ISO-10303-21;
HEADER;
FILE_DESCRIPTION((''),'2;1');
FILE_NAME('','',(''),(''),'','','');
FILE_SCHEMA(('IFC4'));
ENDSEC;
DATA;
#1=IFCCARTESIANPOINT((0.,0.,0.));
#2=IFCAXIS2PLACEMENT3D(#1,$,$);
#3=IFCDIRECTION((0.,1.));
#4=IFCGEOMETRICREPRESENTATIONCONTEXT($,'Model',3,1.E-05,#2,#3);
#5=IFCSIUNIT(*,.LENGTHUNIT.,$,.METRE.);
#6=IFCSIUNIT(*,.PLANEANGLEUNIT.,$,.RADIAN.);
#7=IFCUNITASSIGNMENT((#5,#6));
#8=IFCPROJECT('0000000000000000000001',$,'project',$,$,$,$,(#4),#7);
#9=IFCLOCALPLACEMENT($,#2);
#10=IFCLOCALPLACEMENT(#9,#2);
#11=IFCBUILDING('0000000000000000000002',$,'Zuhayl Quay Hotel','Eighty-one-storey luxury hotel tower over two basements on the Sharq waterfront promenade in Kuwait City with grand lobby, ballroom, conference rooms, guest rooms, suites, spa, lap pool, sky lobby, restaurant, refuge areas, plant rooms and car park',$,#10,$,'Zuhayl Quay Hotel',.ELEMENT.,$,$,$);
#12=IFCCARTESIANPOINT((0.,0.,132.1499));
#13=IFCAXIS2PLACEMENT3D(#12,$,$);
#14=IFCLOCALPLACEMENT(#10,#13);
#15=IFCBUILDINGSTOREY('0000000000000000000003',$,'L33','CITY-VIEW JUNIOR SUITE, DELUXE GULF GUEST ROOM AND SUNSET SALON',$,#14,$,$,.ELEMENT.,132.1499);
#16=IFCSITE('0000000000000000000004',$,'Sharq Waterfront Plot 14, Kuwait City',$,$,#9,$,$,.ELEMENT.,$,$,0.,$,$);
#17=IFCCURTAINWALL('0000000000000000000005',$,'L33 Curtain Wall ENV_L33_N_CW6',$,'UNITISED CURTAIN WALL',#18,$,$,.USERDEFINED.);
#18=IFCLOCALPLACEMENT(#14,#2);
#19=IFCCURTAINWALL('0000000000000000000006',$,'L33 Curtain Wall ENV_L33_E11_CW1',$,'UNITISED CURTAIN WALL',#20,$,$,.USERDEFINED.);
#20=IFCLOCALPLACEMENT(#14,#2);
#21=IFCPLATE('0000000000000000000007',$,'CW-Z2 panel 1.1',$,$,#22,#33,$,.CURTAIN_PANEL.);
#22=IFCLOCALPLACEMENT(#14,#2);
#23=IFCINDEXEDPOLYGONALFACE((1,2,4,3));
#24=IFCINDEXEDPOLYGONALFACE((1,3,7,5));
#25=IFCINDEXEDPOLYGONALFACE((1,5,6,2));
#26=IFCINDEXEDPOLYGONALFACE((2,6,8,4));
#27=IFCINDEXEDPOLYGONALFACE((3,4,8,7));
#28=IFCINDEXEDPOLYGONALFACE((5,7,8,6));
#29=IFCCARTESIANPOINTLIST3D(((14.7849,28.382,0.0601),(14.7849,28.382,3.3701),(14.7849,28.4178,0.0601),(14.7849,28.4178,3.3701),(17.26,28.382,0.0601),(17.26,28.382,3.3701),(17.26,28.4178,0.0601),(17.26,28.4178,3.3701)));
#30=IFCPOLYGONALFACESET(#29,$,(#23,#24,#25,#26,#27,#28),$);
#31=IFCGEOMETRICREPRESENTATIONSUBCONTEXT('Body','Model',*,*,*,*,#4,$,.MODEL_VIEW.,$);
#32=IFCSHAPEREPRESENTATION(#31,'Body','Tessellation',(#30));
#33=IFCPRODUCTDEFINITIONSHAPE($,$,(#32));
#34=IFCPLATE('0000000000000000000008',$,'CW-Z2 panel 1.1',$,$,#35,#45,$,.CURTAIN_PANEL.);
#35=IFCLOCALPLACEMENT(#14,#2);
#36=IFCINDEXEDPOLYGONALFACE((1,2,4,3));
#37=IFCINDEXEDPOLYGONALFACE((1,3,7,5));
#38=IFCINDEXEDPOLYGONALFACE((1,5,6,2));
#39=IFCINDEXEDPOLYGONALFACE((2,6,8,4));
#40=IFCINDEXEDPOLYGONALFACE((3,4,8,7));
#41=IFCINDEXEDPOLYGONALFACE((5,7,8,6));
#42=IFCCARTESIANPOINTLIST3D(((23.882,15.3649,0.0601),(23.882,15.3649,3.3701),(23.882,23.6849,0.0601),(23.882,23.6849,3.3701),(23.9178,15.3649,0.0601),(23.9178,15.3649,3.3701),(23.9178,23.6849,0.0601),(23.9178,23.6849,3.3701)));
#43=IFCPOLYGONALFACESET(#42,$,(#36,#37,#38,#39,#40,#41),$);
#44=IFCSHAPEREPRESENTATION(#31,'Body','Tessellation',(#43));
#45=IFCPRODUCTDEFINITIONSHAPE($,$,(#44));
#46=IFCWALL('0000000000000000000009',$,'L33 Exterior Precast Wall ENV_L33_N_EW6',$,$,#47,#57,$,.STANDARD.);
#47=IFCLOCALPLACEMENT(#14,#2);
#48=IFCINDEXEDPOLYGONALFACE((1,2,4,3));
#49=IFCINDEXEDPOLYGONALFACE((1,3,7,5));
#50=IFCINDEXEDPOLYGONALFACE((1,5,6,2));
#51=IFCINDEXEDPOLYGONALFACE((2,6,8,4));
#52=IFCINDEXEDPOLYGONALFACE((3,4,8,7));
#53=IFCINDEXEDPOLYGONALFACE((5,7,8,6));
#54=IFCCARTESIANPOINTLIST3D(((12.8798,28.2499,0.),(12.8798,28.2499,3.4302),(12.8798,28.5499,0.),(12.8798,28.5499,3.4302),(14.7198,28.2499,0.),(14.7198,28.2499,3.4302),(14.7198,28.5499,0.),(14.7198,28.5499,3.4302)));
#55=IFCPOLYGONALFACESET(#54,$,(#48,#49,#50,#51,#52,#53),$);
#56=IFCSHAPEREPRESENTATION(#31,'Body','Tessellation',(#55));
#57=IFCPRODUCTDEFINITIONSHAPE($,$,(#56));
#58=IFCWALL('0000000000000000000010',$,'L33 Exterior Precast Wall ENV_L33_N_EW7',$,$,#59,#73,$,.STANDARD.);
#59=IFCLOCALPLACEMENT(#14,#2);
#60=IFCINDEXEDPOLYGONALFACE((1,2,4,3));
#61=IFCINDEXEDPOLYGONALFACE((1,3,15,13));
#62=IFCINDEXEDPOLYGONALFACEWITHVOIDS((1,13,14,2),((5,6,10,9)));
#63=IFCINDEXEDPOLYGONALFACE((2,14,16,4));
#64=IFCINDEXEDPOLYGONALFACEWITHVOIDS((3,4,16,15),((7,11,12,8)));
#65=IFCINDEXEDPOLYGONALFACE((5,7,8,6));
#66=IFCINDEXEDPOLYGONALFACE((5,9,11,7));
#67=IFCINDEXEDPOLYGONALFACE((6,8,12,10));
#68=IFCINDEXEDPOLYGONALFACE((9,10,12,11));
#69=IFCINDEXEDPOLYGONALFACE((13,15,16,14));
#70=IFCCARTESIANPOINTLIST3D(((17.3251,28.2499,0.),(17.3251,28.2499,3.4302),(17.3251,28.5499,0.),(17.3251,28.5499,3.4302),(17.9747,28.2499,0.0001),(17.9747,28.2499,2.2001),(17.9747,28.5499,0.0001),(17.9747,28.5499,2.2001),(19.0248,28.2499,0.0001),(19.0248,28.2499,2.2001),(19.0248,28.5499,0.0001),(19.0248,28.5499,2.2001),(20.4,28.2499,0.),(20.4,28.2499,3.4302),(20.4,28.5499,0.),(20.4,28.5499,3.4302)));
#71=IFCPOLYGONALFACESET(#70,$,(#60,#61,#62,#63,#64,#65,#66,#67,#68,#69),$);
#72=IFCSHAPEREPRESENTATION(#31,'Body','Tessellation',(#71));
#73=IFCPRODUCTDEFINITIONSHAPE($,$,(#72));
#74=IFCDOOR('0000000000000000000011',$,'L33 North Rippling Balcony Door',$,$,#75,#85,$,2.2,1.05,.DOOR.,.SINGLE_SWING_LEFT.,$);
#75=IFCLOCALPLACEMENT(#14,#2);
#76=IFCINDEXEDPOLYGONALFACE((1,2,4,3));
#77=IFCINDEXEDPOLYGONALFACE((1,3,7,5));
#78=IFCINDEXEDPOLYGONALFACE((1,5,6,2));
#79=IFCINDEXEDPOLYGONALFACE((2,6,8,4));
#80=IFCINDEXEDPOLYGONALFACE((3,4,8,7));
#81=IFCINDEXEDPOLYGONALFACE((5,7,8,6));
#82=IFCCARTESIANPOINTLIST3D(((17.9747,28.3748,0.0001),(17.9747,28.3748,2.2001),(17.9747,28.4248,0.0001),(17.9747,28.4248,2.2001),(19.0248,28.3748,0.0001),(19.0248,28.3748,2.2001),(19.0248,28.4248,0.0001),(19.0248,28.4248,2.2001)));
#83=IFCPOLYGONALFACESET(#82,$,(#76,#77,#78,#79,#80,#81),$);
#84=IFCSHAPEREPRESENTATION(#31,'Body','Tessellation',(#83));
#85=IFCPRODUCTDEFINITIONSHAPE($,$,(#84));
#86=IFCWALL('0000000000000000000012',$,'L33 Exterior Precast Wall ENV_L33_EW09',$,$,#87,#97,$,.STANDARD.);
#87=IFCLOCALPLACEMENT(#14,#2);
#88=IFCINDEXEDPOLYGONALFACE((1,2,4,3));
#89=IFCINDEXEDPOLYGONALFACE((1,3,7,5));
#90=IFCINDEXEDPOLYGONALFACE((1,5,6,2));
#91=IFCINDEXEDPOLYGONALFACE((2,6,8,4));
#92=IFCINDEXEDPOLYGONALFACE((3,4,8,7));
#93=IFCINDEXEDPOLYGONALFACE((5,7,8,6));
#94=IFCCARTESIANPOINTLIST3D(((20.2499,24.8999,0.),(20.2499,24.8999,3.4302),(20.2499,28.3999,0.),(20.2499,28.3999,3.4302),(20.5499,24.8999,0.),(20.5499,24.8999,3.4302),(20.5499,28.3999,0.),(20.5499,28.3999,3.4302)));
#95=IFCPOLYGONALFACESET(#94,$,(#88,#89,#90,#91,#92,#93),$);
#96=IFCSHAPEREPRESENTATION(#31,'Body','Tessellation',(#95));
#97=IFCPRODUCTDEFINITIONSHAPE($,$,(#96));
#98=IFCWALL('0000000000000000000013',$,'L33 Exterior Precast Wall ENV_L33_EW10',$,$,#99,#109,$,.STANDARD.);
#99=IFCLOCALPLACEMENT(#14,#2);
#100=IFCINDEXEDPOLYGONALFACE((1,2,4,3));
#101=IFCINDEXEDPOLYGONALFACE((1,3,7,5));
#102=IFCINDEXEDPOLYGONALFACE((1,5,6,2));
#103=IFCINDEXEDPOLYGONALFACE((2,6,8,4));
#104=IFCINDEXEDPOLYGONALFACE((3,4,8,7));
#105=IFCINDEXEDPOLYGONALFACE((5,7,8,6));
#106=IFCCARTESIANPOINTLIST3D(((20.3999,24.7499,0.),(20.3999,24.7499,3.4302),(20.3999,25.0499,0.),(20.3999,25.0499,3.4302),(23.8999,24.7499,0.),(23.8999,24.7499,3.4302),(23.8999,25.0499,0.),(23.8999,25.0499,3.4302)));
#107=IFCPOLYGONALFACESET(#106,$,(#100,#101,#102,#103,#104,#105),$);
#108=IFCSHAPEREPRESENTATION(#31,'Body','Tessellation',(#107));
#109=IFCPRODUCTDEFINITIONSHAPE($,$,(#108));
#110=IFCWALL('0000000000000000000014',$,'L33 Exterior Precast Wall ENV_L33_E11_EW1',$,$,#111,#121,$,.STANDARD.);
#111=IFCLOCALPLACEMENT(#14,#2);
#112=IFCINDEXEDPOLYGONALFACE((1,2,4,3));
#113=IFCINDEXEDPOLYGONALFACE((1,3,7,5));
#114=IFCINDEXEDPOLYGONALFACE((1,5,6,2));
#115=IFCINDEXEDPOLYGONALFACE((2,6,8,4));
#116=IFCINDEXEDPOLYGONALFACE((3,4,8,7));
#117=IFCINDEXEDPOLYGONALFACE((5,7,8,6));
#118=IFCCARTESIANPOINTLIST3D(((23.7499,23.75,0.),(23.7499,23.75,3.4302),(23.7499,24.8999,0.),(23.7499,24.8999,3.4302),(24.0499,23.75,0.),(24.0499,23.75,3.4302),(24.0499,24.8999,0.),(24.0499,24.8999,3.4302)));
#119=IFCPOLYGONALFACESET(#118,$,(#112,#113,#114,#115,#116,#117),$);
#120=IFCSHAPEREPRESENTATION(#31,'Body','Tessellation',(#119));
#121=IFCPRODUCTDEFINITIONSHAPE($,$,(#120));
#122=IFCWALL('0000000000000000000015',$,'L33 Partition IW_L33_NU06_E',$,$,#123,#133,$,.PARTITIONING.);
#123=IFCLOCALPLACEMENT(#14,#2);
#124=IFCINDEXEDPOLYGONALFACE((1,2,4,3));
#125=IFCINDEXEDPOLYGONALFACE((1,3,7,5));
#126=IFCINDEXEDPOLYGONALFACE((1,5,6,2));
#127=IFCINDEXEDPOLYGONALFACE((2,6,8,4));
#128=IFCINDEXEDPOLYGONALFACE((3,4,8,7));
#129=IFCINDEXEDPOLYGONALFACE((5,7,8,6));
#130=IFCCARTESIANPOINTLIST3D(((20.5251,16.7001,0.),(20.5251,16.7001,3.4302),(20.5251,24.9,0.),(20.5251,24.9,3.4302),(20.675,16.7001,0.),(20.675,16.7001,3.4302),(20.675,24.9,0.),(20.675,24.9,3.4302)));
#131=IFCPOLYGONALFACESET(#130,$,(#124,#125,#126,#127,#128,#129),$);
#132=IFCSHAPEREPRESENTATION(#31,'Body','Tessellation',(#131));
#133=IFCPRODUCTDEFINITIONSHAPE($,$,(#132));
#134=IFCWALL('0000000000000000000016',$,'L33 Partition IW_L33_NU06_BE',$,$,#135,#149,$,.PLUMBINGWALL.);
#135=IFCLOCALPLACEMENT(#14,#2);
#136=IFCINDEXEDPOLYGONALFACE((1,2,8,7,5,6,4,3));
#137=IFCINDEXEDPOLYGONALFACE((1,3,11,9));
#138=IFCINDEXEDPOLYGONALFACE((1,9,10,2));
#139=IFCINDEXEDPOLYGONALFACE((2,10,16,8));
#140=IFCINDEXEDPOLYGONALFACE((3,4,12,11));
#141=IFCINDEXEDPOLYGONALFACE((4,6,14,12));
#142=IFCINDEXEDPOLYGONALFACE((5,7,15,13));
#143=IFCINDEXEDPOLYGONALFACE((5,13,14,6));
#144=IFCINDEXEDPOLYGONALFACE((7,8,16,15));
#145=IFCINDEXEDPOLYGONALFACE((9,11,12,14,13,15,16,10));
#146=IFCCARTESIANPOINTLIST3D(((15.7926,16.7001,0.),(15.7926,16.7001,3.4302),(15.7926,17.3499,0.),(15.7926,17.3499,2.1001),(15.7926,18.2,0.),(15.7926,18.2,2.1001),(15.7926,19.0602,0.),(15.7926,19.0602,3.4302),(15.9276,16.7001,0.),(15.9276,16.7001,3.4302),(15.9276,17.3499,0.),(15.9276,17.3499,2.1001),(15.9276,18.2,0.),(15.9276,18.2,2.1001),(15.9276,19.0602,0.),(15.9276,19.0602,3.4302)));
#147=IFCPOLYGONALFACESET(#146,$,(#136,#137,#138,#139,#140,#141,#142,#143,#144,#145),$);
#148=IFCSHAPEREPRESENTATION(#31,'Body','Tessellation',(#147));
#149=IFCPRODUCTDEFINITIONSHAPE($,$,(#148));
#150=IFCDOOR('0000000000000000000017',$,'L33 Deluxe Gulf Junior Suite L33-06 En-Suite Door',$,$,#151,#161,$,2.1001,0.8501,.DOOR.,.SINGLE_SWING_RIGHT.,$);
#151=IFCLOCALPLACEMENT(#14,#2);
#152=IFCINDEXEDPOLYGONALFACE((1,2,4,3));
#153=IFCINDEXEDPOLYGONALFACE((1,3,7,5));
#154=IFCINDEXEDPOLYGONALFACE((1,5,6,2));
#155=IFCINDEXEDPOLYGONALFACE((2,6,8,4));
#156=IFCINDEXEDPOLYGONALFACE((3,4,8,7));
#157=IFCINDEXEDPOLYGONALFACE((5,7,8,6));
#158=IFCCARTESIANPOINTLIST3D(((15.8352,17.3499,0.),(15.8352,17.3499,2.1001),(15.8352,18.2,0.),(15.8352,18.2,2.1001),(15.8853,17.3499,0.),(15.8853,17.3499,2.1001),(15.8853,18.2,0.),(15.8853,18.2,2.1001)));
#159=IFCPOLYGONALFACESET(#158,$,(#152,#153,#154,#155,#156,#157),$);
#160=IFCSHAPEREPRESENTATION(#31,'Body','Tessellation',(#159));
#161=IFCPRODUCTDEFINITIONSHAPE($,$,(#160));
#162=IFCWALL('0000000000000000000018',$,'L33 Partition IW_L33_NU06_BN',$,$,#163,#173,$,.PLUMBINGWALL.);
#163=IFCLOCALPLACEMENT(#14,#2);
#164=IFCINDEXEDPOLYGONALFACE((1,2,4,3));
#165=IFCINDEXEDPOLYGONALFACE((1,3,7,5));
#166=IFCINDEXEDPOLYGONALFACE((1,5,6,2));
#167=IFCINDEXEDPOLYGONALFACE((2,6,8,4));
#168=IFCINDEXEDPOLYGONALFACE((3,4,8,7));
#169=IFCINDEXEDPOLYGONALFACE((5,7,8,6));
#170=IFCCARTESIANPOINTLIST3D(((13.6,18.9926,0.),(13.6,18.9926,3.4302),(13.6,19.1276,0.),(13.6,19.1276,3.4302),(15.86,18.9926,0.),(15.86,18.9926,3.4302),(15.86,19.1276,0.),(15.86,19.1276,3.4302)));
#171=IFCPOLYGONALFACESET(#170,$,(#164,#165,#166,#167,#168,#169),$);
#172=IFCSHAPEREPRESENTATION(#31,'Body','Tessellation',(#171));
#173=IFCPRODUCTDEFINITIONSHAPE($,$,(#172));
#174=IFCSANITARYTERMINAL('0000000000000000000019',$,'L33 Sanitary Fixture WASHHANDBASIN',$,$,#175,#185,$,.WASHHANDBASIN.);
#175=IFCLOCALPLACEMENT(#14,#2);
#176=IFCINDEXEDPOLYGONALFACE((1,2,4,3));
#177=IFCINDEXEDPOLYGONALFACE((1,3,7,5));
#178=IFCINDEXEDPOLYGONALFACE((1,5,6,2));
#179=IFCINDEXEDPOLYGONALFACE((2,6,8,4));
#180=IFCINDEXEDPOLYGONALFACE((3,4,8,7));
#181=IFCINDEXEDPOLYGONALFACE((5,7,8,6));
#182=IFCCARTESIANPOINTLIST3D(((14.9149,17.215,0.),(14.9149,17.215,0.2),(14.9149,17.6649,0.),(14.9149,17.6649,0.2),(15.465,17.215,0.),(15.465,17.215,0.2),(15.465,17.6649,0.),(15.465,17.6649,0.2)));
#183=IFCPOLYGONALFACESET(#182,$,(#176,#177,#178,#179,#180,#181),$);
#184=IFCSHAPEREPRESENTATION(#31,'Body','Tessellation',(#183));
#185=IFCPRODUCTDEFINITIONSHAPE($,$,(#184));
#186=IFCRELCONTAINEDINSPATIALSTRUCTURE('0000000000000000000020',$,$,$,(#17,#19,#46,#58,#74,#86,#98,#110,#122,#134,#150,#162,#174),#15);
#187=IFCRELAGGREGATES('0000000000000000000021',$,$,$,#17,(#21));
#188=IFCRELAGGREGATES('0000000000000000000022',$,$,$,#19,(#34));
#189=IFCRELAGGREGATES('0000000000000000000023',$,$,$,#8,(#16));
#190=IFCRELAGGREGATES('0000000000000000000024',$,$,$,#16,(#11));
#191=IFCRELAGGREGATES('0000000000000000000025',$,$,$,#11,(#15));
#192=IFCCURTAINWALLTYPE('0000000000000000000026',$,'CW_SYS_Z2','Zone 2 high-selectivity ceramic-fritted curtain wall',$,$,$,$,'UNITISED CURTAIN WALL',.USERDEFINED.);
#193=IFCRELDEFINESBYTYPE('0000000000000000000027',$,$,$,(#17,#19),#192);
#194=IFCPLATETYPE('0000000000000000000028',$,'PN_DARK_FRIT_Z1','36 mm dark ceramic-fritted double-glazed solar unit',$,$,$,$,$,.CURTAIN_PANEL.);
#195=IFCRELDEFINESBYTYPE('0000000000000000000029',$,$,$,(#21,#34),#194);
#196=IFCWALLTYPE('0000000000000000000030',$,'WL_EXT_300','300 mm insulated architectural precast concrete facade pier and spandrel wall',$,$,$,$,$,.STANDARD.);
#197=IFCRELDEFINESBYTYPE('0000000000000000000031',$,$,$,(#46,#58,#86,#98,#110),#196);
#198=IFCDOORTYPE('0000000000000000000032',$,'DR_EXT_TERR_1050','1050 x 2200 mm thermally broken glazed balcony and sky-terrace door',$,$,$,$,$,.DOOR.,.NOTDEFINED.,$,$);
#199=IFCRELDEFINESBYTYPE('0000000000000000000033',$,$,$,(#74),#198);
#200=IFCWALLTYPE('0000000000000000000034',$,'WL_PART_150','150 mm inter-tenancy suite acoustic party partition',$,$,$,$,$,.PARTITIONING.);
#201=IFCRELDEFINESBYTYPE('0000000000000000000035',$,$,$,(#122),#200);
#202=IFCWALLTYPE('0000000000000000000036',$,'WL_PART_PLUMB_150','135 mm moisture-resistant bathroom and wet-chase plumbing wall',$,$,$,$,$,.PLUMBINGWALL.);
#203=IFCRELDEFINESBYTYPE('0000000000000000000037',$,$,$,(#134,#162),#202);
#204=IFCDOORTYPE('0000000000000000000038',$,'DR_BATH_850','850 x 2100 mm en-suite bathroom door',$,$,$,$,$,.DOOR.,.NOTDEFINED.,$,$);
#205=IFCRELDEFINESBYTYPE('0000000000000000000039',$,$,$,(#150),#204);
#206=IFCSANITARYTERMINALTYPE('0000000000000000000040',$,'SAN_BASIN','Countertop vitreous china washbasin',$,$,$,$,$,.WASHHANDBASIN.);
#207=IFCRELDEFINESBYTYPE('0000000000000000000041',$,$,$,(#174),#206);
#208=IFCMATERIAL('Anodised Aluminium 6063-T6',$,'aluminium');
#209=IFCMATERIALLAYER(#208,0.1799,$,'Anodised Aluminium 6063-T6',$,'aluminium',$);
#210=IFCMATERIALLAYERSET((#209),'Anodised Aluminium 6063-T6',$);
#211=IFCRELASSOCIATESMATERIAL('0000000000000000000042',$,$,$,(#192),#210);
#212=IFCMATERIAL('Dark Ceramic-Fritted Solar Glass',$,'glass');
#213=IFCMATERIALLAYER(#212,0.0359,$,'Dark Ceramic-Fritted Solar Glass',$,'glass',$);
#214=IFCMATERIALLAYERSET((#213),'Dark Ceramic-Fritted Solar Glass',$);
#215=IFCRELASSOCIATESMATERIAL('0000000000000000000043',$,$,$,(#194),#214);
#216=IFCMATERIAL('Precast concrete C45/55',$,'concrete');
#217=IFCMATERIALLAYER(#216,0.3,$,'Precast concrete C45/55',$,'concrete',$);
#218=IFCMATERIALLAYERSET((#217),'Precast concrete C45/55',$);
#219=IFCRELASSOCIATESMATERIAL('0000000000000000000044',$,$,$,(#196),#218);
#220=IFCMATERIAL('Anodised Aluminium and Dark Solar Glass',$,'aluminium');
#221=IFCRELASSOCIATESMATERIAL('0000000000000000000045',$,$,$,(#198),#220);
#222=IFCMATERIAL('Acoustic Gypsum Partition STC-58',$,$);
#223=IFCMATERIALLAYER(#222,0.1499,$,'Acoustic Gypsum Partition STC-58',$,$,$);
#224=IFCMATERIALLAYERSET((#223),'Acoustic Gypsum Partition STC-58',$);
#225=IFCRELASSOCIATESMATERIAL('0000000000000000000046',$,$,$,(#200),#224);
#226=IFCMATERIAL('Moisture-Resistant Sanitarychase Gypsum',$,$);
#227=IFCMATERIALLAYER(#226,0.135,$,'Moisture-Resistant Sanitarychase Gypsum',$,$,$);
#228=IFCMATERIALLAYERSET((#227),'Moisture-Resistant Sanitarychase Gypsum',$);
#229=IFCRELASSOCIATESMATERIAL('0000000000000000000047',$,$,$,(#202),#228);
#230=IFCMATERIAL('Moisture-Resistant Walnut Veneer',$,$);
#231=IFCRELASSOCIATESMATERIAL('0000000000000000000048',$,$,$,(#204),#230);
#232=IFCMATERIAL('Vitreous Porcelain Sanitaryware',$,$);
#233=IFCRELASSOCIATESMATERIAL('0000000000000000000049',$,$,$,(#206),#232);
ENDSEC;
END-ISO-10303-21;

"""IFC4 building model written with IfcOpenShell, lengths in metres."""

from ifc_helpers import new_model, si_unit, direction, frame, frame_2d, origin, origin_2d, place, context, subcontext, project, spatial, rectangle, extrude, material, layer, layer_set, type_object, element, fill, aggregate, save


model = new_model("IFC4")

# Units and contexts
model_context = context("Model", 3, precision=1e-05, world=origin(), true_north=direction((0.0, 1.0)))
body_context = subcontext(model_context, "Body", "Model", "MODEL_VIEW")
ifc_project = project(units=[si_unit("LENGTHUNIT", "METRE"), si_unit("PLANEANGLEUNIT", "RADIAN")], contexts=[model_context])

# Site, building, storey
site_placement = place(None, origin())
site = spatial("IfcSite", under=ifc_project, at=site_placement, Name="Sharq Waterfront Plot 14, Kuwait City", CompositionType="ELEMENT", RefElevation=0.0)
building_placement = place(site_placement, origin())
building = spatial("IfcBuilding", under=site, at=building_placement, Name="Zuhayl Quay Hotel", Description="Eighty-one-storey luxury hotel tower over two basements on the Sharq waterfront promenade in Kuwait City with grand lobby, ballroom, conference rooms, guest rooms, suites, spa, lap pool, sky lobby, restaurant, refuge areas, plant rooms and car park", LongName="Zuhayl Quay Hotel", CompositionType="ELEMENT")
storey_placement = place(building_placement, frame((0.0, 0.0, 132.1499)))
storey = spatial("IfcBuildingStorey", under=building, at=storey_placement, Name="L33", Description="CITY-VIEW JUNIOR SUITE, DELUXE GULF GUEST ROOM AND SUNSET SALON", CompositionType="ELEMENT", Elevation=132.1499)

# Shared definitions
ifc_material_1 = material(Name="Anodised Aluminium 6063-T6", Category="aluminium")
ifc_layer_1 = layer(ifc_material_1, 0.1799, Name="Anodised Aluminium 6063-T6", Category="aluminium")
ifc_layer_set_1 = layer_set([ifc_layer_1], Name="Anodised Aluminium 6063-T6")
curtain_wall_type = type_object("IfcCurtainWallType", Name="CW_SYS_Z2", Description="Zone 2 high-selectivity ceramic-fritted curtain wall", ElementType="UNITISED CURTAIN WALL", PredefinedType="USERDEFINED", material=ifc_layer_set_1)

# Curtain wall
curtain_wall_1_placement = place(storey_placement, origin())
curtain_wall_1 = element("IfcCurtainWall", 1, at=curtain_wall_1_placement, inside=storey, type_object=curtain_wall_type, Name="L33 Curtain Wall ENV_L33_N_CW6", ObjectType="UNITISED CURTAIN WALL", PredefinedType="USERDEFINED")

# Curtain wall
curtain_wall_2_placement = place(storey_placement, origin())
curtain_wall_2 = element("IfcCurtainWall", 2, at=curtain_wall_2_placement, inside=storey, type_object=curtain_wall_type, Name="L33 Curtain Wall ENV_L33_E11_CW1", ObjectType="UNITISED CURTAIN WALL", PredefinedType="USERDEFINED")

# Plates
ifc_material_2 = material(Name="Dark Ceramic-Fritted Solar Glass", Category="glass")
ifc_layer_2 = layer(ifc_material_2, 0.0359, Name="Dark Ceramic-Fritted Solar Glass", Category="glass")
ifc_layer_set_2 = layer_set([ifc_layer_2], Name="Dark Ceramic-Fritted Solar Glass")
plate_type = type_object("IfcPlateType", Name="PN_DARK_FRIT_Z1", Description="36 mm dark ceramic-fritted double-glazed solar unit", PredefinedType="CURTAIN_PANEL", material=ifc_layer_set_2)
plate_1_placement = place(storey_placement, frame((16.0225, 28.3999, 0.0601), z_axis=(0.0, 0.0, 1.0), x_axis=(1.0, 0.0, 0.0)))
plate_1 = element("IfcPlate", 3, at=plate_1_placement, type_object=plate_type, Name="CW-Z2 panel 1.1", PredefinedType="CURTAIN_PANEL", context=body_context, shape_type="SweptSolid", body=[
    extrude(rectangle(XDim=2.4751, YDim=0.0359, at=origin_2d()), origin(), (0.0, 0.0, 1.0), 3.3101),
])
aggregate(curtain_wall_1, [plate_1])
plate_2_placement = place(storey_placement, frame((23.8999, 19.5249, 0.0601), z_axis=(0.0, 0.0, 1.0), x_axis=(0.0, -1.0, 0.0)))
plate_2 = element("IfcPlate", 4, at=plate_2_placement, type_object=plate_type, Name="CW-Z2 panel 1.1", PredefinedType="CURTAIN_PANEL", context=body_context, shape_type="SweptSolid", body=[
    extrude(rectangle(XDim=8.3201, YDim=0.0359, at=origin_2d()), origin(), (0.0, 0.0, 1.0), 3.3101),
])
aggregate(curtain_wall_2, [plate_2])

# Wall
ifc_material_3 = material(Name="Precast concrete C45/55", Category="concrete")
ifc_layer_3 = layer(ifc_material_3, 0.3, Name="Precast concrete C45/55", Category="concrete")
ifc_layer_set_3 = layer_set([ifc_layer_3], Name="Precast concrete C45/55")
wall_type_1 = type_object("IfcWallType", Name="WL_EXT_300", Description="300 mm insulated architectural precast concrete facade pier and spandrel wall", PredefinedType="STANDARD", material=ifc_layer_set_3)
wall_1_placement = place(storey_placement, frame((12.8799, 28.3999, 0.0), z_axis=(0.0, 0.0, 1.0), x_axis=(1.0, 0.0, 0.0)))
element("IfcWall", 5, at=wall_1_placement, inside=storey, type_object=wall_type_1, Name="L33 Exterior Precast Wall ENV_L33_N_EW6", PredefinedType="STANDARD", context=body_context, shape_type="SweptSolid", body=[
    extrude(rectangle(XDim=1.8401, YDim=0.3, at=frame_2d((0.9199, 0.0))), origin(), (0.0, 0.0, 1.0), 3.4302),
])

# Wall, opening, door
wall_2_placement = place(storey_placement, frame((17.325, 28.3999, 0.0), z_axis=(0.0, 0.0, 1.0), x_axis=(1.0, 0.0, 0.0)))
wall_2 = element("IfcWall", 6, at=wall_2_placement, inside=storey, type_object=wall_type_1, Name="L33 Exterior Precast Wall ENV_L33_N_EW7", PredefinedType="STANDARD", context=body_context, shape_type="SweptSolid", body=[
    extrude(rectangle(XDim=3.075, YDim=0.3, at=frame_2d((1.5376, 0.0))), origin(), (0.0, 0.0, 1.0), 3.4302),
])
opening_1_placement = place(wall_2_placement, frame((0.6499, 0.0, 0.0)))
opening_1 = element("IfcOpeningElement", 7, at=opening_1_placement, cuts=wall_2, PredefinedType="OPENING", context=body_context, shape_type="SweptSolid", body=[
    extrude(rectangle(XDim=1.05, YDim=2.2, at=frame_2d((0.5249, 1.1001))), frame((0.0, 0.1599, 0.0), z_axis=(0.0, -1.0, 0.0), x_axis=(1.0, 0.0, 0.0)), (0.0, 0.0, 1.0), 0.3201),
])
ifc_material_4 = material(Name="Anodised Aluminium and Dark Solar Glass", Category="aluminium")
door_type_1 = type_object("IfcDoorType", Name="DR_EXT_TERR_1050", Description="1050 x 2200 mm thermally broken glazed balcony and sky-terrace door", OperationType="NOTDEFINED", PredefinedType="DOOR", material=ifc_material_4)
door_1_placement = place(opening_1_placement, origin())
door_1 = element("IfcDoor", 8, at=door_1_placement, inside=storey, type_object=door_type_1, Name="L33 North Rippling Balcony Door", OperationType="SINGLE_SWING_LEFT", OverallHeight=2.2, OverallWidth=1.05, PredefinedType="DOOR", context=body_context, shape_type="SweptSolid", body=[
    extrude(rectangle(XDim=1.05, YDim=2.2, at=frame_2d((0.5249, 1.1001))), frame((0.0, 0.0249, 0.0), z_axis=(0.0, -1.0, 0.0), x_axis=(1.0, 0.0, 0.0)), (0.0, 0.0, 1.0), 0.05),
])
fill(opening_1, door_1)

# Walls
for number, where, z_axis, x_axis, name in (
    (9, (20.3999, 28.3999, 0.0), (0.0, 0.0, 1.0), (0.0, -1.0, 0.0), "L33 Exterior Precast Wall ENV_L33_EW09"),
    (10, (20.3999, 24.8999, 0.0), (0.0, 0.0, 1.0), (1.0, 0.0, 0.0), "L33 Exterior Precast Wall ENV_L33_EW10"),
):
    element("IfcWall", number, at=place(storey_placement, frame(where, z_axis=z_axis, x_axis=x_axis)), inside=storey, type_object=wall_type_1, Name=name, PredefinedType="STANDARD", context=body_context, shape_type="SweptSolid", body=[
        extrude(rectangle(XDim=3.5, YDim=0.3, at=frame_2d((1.75, 0.0))), origin(), (0.0, 0.0, 1.0), 3.4302),
    ])
wall_3_placement = place(storey_placement, frame((23.8999, 24.8999, 0.0), z_axis=(0.0, 0.0, 1.0), x_axis=(0.0, -1.0, 0.0)))
element("IfcWall", 11, at=wall_3_placement, inside=storey, type_object=wall_type_1, Name="L33 Exterior Precast Wall ENV_L33_E11_EW1", PredefinedType="STANDARD", context=body_context, shape_type="SweptSolid", body=[
    extrude(rectangle(XDim=1.1499, YDim=0.3, at=frame_2d((0.575, 0.0))), origin(), (0.0, 0.0, 1.0), 3.4302),
])
ifc_material_5 = material(Name="Acoustic Gypsum Partition STC-58")
ifc_layer_4 = layer(ifc_material_5, 0.1499, Name="Acoustic Gypsum Partition STC-58")
ifc_layer_set_4 = layer_set([ifc_layer_4], Name="Acoustic Gypsum Partition STC-58")
wall_type_2 = type_object("IfcWallType", Name="WL_PART_150", Description="150 mm inter-tenancy suite acoustic party partition", PredefinedType="PARTITIONING", material=ifc_layer_set_4)
wall_4_placement = place(storey_placement, frame((20.6001, 16.7, 0.0), z_axis=(0.0, 0.0, 1.0), x_axis=(0.0, 1.0, 0.0)))
element("IfcWall", 12, at=wall_4_placement, inside=storey, type_object=wall_type_2, Name="L33 Partition IW_L33_NU06_E", PredefinedType="PARTITIONING", context=body_context, shape_type="SweptSolid", body=[
    extrude(rectangle(XDim=8.2, YDim=0.1499, at=frame_2d((4.1001, 0.0))), origin(), (0.0, 0.0, 1.0), 3.4302),
])

# Wall, opening, door
ifc_material_6 = material(Name="Moisture-Resistant Sanitarychase Gypsum")
ifc_layer_5 = layer(ifc_material_6, 0.135, Name="Moisture-Resistant Sanitarychase Gypsum")
ifc_layer_set_5 = layer_set([ifc_layer_5], Name="Moisture-Resistant Sanitarychase Gypsum")
wall_type_3 = type_object("IfcWallType", Name="WL_PART_PLUMB_150", Description="135 mm moisture-resistant bathroom and wet-chase plumbing wall", PredefinedType="PLUMBINGWALL", material=ifc_layer_set_5)
wall_5_placement = place(storey_placement, frame((15.8601, 16.7, 0.0), z_axis=(0.0, 0.0, 1.0), x_axis=(0.0, 1.0, 0.0)))
wall_5 = element("IfcWall", 13, at=wall_5_placement, inside=storey, type_object=wall_type_3, Name="L33 Partition IW_L33_NU06_BE", PredefinedType="PLUMBINGWALL", context=body_context, shape_type="SweptSolid", body=[
    extrude(rectangle(XDim=2.3601, YDim=0.135, at=frame_2d((1.1802, 0.0))), origin(), (0.0, 0.0, 1.0), 3.4302),
])
opening_2_placement = place(wall_5_placement, frame((0.6499, 0.0, 0.0)))
opening_2 = element("IfcOpeningElement", 14, at=opening_2_placement, cuts=wall_5, PredefinedType="OPENING", context=body_context, shape_type="SweptSolid", body=[
    extrude(rectangle(XDim=0.8501, YDim=2.1001, at=frame_2d((0.425, 1.05))), frame((0.0, 0.0774, 0.0), z_axis=(0.0, -1.0, 0.0), x_axis=(1.0, 0.0, 0.0)), (0.0, 0.0, 1.0), 0.155),
])
ifc_material_7 = material(Name="Moisture-Resistant Walnut Veneer")
door_type_2 = type_object("IfcDoorType", Name="DR_BATH_850", Description="850 x 2100 mm en-suite bathroom door", OperationType="NOTDEFINED", PredefinedType="DOOR", material=ifc_material_7)
door_2_placement = place(opening_2_placement, origin())
door_2 = element("IfcDoor", 15, at=door_2_placement, inside=storey, type_object=door_type_2, Name="L33 Deluxe Gulf Junior Suite L33-06 En-Suite Door", OperationType="SINGLE_SWING_RIGHT", OverallHeight=2.1001, OverallWidth=0.8501, PredefinedType="DOOR", context=body_context, shape_type="SweptSolid", body=[
    extrude(rectangle(XDim=0.8501, YDim=2.1001, at=frame_2d((0.425, 1.05))), frame((0.0, 0.0249, 0.0), z_axis=(0.0, -1.0, 0.0), x_axis=(1.0, 0.0, 0.0)), (0.0, 0.0, 1.0), 0.05),
])
fill(opening_2, door_2)

# Wall
wall_6_placement = place(storey_placement, frame((13.6001, 19.0601, 0.0), z_axis=(0.0, 0.0, 1.0), x_axis=(1.0, 0.0, 0.0)))
element("IfcWall", 16, at=wall_6_placement, inside=storey, type_object=wall_type_3, Name="L33 Partition IW_L33_NU06_BN", PredefinedType="PLUMBINGWALL", context=body_context, shape_type="SweptSolid", body=[
    extrude(rectangle(XDim=2.26, YDim=0.135, at=frame_2d((1.1299, 0.0))), origin(), (0.0, 0.0, 1.0), 3.4302),
])

# Sanitary terminal
ifc_material_8 = material(Name="Vitreous Porcelain Sanitaryware")
sanitary_terminal_type_1 = type_object("IfcSanitaryTerminalType", Name="SAN_BASIN", Description="Countertop vitreous china washbasin", PredefinedType="WASHHANDBASIN", material=ifc_material_8)
sanitary_terminal_1_placement = place(storey_placement, frame((15.1899, 17.4399, 0.0), z_axis=(0.0, 0.0, 1.0), x_axis=(1.0, 0.0, 0.0)))
element("IfcSanitaryTerminal", 17, at=sanitary_terminal_1_placement, inside=storey, type_object=sanitary_terminal_type_1, Name="L33 Sanitary Fixture WASHHANDBASIN", PredefinedType="WASHHANDBASIN", context=body_context, shape_type="SweptSolid", body=[
    extrude(rectangle(XDim=0.55, YDim=0.45, at=origin_2d()), origin(), (0.0, 0.0, 1.0), 0.2),
])

save(model, "model.ifc")
